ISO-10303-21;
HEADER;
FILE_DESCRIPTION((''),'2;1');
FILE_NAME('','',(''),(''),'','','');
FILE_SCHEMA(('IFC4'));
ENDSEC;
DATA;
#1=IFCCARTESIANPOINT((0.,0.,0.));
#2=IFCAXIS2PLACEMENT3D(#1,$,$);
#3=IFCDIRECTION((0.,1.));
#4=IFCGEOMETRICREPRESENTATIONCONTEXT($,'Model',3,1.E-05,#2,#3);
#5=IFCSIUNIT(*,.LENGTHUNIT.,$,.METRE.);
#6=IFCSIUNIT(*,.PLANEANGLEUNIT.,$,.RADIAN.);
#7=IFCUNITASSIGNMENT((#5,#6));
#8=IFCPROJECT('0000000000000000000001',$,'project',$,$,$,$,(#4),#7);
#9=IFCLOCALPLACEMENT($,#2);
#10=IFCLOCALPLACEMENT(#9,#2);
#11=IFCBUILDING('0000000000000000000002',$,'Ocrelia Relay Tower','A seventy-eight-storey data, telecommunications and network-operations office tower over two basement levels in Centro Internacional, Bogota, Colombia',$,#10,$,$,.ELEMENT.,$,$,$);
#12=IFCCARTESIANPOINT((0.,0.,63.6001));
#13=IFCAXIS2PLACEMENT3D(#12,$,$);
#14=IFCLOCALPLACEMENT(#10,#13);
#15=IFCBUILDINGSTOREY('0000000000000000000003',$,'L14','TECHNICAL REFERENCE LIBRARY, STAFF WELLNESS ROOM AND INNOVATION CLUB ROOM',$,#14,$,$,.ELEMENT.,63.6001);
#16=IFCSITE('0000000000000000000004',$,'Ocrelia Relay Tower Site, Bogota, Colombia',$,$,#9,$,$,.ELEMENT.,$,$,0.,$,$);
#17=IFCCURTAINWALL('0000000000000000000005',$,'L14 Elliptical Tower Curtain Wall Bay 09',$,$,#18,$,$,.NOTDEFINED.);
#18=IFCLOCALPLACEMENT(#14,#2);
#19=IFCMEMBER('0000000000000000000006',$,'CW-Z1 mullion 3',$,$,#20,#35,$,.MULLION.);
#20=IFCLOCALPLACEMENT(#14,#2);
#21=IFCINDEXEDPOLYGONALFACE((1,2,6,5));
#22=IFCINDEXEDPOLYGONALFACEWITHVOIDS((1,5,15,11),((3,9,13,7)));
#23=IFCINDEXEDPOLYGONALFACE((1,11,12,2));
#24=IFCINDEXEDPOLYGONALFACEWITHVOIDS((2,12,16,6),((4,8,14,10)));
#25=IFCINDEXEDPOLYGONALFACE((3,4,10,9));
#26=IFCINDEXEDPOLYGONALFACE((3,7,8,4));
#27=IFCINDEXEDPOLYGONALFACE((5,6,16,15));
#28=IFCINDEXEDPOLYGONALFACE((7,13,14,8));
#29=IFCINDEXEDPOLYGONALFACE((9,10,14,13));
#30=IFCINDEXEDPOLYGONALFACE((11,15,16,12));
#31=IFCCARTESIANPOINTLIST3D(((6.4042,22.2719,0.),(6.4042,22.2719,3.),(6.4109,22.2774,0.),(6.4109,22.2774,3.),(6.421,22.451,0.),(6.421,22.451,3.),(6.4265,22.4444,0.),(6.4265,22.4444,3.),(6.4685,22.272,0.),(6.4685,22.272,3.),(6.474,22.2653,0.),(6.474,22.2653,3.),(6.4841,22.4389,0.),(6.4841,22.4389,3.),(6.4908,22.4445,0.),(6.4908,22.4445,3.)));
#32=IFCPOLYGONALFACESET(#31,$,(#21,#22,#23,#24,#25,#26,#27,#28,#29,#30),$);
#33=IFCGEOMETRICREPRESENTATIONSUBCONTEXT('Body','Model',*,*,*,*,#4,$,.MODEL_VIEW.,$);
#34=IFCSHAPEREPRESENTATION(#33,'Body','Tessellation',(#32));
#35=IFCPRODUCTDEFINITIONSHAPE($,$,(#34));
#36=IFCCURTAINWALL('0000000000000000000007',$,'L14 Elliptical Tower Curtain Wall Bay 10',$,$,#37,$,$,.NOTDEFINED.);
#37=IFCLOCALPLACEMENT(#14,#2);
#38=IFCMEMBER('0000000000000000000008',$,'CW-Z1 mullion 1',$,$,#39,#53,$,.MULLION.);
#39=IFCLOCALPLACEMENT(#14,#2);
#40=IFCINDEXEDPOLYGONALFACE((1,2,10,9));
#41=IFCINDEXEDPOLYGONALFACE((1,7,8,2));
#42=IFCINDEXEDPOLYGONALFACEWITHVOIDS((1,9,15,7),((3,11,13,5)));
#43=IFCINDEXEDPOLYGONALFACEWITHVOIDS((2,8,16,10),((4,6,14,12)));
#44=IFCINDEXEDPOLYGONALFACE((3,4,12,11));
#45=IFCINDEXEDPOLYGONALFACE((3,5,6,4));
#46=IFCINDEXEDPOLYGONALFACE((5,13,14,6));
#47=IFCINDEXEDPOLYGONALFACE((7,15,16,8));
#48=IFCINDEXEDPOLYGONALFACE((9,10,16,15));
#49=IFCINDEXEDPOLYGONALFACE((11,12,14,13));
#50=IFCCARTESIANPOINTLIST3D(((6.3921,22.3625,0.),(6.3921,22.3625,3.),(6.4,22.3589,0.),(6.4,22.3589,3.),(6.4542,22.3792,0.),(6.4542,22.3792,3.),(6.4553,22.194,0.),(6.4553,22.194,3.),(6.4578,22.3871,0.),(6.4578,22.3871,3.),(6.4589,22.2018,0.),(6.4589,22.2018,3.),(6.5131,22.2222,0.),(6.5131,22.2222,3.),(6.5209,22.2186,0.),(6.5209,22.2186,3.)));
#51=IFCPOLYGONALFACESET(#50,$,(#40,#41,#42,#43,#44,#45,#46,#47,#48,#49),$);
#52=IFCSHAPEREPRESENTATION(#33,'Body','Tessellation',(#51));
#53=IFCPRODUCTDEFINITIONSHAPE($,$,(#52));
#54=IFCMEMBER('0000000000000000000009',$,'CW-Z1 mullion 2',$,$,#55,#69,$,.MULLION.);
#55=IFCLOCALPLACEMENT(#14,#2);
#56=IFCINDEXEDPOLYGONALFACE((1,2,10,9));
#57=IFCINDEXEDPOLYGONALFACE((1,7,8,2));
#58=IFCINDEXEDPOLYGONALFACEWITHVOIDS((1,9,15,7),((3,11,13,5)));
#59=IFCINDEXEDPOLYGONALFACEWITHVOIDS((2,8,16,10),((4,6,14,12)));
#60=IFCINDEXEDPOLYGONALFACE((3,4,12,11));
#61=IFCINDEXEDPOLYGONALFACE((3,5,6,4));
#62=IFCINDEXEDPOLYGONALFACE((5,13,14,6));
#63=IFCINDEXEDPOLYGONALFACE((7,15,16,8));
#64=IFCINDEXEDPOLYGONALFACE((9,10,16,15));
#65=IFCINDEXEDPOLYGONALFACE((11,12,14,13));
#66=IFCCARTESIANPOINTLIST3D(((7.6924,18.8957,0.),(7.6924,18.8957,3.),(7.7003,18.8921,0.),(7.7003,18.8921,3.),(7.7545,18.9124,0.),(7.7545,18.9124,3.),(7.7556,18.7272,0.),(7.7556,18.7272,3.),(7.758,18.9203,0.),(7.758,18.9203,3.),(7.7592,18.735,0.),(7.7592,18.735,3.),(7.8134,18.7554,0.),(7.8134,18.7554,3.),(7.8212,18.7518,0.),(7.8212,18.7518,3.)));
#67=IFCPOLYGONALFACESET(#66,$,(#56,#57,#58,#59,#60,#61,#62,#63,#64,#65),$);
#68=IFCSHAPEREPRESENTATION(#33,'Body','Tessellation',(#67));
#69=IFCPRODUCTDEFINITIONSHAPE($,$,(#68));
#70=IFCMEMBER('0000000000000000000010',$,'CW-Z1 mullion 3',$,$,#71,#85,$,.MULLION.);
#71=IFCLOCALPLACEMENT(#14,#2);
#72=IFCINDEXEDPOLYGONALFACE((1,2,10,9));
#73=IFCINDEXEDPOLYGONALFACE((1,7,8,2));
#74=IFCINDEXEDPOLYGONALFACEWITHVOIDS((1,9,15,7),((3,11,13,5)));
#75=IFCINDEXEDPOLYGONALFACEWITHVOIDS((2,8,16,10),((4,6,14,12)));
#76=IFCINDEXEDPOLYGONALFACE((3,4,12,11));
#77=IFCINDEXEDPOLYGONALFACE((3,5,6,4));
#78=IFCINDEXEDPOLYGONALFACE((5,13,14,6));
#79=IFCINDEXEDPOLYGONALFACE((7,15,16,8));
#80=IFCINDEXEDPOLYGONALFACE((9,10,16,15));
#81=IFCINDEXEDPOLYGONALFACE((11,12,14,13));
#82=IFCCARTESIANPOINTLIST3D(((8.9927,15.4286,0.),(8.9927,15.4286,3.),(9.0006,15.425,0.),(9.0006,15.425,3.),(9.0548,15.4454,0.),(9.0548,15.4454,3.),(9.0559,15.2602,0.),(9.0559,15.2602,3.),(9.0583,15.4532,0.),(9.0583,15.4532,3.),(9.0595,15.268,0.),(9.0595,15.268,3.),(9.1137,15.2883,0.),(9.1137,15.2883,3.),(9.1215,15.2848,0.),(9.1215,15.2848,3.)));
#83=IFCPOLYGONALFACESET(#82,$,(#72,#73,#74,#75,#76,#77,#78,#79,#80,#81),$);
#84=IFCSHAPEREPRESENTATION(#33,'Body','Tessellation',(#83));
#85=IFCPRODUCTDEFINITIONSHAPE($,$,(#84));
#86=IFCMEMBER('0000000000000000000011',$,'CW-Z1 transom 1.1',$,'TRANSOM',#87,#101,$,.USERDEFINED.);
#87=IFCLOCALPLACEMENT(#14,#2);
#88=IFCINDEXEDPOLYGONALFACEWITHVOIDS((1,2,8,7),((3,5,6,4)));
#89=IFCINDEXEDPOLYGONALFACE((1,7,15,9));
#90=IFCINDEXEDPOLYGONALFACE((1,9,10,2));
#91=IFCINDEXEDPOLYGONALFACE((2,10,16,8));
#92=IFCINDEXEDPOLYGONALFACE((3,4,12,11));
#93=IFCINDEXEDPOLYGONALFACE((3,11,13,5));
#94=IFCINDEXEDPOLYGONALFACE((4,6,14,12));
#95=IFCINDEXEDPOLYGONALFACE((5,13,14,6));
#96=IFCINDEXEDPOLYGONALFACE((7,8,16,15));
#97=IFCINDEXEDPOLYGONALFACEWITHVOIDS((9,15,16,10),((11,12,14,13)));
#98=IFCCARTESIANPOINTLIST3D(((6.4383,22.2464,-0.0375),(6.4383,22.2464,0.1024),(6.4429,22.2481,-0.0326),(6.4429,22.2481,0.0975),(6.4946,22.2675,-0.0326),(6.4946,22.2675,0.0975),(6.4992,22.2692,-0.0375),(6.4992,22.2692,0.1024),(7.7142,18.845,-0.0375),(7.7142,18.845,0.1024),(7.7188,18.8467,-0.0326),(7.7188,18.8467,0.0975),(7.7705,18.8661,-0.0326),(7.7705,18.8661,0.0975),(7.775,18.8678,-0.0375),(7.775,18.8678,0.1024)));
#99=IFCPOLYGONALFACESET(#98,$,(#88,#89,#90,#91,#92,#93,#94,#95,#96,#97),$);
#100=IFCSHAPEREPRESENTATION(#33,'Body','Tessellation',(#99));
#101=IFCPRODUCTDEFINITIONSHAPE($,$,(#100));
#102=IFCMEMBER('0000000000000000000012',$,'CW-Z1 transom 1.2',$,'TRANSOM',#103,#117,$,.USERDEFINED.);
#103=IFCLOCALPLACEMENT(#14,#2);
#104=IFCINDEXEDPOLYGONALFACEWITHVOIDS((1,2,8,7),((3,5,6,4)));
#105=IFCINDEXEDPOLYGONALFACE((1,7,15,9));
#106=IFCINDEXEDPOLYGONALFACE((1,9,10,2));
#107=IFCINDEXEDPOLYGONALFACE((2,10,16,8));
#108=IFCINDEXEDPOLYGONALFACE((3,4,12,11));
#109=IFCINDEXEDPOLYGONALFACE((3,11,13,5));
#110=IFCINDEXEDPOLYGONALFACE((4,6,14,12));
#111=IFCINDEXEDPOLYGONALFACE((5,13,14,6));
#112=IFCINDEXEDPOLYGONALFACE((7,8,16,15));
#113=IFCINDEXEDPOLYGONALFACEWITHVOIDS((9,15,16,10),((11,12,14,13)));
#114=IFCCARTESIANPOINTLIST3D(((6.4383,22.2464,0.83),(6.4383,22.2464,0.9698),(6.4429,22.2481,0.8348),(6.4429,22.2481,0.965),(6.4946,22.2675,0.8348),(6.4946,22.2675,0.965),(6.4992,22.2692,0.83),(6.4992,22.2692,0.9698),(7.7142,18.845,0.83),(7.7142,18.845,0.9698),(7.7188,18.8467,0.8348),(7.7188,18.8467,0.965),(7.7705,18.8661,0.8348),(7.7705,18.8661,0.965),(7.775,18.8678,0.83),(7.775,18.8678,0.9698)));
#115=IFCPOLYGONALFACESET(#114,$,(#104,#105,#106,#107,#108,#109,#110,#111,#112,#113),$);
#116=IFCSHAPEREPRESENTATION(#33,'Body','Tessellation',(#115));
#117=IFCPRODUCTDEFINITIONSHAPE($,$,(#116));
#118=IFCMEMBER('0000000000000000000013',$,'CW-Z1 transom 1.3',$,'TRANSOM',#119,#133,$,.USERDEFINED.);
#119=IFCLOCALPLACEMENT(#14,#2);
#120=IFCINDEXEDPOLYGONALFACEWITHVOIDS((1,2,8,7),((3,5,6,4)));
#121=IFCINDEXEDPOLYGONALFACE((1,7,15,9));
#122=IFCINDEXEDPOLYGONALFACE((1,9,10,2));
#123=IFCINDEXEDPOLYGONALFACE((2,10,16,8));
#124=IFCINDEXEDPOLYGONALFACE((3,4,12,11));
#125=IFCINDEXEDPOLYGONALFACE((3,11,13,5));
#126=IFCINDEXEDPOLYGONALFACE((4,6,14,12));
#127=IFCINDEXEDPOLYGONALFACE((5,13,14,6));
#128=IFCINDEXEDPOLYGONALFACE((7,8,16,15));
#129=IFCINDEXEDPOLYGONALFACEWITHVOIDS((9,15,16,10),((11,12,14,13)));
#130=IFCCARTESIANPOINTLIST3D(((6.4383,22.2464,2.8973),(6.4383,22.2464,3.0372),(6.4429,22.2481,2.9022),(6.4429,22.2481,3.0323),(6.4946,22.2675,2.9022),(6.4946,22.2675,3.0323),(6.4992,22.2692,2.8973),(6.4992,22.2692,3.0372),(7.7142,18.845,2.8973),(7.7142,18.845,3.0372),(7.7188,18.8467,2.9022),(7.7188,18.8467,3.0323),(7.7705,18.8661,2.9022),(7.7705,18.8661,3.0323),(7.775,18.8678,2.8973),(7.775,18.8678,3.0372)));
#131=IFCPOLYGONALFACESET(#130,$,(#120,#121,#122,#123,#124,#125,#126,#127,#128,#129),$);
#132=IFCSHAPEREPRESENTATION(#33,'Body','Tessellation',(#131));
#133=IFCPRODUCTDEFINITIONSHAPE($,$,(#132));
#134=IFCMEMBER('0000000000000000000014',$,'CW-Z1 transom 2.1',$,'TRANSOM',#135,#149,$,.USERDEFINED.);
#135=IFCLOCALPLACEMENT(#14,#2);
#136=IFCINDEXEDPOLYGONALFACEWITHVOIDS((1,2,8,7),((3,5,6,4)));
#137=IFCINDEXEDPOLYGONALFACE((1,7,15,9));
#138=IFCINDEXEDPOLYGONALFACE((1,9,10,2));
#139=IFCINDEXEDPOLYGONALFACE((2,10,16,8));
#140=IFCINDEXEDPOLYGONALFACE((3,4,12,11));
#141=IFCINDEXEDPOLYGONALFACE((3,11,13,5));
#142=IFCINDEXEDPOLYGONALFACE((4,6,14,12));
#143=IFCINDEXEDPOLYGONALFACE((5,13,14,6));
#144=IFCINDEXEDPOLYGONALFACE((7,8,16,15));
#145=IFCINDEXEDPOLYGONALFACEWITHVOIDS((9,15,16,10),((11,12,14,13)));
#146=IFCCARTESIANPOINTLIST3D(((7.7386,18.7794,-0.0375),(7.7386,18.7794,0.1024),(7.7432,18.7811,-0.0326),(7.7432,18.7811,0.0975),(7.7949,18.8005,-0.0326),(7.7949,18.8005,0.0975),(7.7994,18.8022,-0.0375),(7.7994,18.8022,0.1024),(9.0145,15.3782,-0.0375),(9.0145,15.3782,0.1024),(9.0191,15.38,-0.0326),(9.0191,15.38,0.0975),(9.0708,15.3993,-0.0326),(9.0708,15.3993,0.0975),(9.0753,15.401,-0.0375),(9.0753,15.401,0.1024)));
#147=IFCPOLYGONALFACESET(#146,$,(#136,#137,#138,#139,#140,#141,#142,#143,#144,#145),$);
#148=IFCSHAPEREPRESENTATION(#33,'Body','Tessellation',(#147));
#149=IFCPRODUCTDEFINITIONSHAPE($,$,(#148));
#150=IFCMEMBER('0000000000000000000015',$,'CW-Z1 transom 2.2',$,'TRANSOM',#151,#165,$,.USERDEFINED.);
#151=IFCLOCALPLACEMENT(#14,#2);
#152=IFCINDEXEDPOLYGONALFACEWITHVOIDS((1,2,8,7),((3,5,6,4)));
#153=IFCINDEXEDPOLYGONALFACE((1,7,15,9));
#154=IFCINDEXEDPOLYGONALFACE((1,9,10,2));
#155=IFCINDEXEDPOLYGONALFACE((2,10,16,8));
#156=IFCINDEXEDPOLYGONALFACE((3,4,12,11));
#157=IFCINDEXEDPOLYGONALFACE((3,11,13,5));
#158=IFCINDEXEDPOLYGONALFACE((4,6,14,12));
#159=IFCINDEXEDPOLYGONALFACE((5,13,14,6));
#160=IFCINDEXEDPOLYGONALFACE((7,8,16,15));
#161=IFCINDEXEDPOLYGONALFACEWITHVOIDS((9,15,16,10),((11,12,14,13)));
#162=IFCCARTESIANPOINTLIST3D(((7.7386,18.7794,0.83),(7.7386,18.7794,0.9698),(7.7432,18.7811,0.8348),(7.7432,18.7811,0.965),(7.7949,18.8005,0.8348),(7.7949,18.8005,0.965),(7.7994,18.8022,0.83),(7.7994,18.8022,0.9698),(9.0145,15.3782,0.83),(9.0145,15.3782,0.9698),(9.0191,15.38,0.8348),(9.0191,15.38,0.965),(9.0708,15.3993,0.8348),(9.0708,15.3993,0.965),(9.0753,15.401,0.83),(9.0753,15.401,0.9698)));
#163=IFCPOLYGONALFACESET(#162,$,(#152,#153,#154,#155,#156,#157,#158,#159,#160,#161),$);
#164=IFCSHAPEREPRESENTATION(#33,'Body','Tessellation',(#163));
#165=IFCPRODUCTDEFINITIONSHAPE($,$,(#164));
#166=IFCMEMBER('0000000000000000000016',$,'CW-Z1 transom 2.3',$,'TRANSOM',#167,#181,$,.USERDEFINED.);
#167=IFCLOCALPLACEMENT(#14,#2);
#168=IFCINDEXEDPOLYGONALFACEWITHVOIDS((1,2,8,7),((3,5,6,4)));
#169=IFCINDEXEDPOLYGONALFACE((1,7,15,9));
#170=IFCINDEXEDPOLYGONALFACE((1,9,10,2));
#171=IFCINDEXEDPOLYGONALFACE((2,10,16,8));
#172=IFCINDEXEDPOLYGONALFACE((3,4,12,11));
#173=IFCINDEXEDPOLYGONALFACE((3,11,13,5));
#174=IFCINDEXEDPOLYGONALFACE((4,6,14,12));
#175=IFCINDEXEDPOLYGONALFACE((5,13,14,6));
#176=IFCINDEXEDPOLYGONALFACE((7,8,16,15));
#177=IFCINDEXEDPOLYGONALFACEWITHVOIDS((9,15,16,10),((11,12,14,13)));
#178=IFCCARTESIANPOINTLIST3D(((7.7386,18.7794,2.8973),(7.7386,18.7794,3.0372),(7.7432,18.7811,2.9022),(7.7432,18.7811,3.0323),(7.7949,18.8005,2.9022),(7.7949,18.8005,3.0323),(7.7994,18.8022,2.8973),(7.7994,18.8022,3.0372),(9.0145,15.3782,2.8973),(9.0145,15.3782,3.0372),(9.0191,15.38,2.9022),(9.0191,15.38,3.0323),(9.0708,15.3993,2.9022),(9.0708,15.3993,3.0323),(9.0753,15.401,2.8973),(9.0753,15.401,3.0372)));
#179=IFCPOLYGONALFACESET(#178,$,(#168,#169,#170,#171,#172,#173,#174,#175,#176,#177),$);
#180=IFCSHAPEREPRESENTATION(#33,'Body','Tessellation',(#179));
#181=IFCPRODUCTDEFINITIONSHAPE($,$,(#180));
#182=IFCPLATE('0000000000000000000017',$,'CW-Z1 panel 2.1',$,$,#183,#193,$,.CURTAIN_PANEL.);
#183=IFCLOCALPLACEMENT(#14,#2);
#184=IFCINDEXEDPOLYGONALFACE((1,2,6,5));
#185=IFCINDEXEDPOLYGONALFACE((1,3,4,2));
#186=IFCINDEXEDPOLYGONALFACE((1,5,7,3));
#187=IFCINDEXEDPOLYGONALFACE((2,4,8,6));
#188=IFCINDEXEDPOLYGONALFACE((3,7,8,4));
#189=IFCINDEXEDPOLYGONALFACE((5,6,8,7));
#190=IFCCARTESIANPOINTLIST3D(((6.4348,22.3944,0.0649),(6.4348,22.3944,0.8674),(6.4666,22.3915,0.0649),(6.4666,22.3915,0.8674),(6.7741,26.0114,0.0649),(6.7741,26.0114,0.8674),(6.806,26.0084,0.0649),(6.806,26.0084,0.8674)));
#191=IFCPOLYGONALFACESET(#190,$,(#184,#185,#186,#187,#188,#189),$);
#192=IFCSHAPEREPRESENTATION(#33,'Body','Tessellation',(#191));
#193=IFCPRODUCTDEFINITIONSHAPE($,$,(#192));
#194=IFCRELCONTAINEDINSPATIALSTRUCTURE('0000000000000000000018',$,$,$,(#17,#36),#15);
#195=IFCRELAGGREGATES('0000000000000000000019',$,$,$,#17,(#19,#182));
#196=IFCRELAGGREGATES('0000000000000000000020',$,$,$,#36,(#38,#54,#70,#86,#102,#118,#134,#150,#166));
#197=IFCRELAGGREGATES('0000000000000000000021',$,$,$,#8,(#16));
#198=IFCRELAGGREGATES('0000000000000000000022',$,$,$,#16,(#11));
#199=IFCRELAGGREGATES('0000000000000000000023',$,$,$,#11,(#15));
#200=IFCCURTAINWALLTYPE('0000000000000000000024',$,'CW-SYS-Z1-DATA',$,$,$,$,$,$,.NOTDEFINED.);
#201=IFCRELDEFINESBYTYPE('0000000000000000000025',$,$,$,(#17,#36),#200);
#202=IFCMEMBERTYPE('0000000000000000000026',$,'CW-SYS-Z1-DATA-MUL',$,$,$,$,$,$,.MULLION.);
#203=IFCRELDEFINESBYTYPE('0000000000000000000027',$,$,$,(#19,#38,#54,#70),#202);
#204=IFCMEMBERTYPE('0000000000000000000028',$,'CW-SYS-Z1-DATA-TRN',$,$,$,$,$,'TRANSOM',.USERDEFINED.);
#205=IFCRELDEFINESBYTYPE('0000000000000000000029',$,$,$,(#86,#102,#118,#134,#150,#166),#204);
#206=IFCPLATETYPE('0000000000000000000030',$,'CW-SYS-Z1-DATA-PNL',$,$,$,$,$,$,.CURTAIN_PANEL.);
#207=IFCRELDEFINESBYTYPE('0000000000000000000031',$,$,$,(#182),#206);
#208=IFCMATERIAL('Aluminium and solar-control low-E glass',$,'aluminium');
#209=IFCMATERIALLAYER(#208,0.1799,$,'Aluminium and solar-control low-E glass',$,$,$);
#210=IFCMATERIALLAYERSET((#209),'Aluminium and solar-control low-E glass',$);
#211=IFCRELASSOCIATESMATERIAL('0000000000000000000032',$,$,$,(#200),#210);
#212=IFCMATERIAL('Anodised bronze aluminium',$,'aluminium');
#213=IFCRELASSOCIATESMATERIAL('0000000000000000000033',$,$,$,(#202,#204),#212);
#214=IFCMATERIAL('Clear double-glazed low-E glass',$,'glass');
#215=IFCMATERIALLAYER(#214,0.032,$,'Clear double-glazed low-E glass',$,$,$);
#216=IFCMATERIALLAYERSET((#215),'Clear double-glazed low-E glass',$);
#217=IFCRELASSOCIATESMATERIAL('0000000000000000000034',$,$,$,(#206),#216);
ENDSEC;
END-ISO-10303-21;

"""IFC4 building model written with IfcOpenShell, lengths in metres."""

from ifc_helpers import new_model, si_unit, direction, frame, origin, origin_2d, place, context, subcontext, project, spatial, rectangle, hollow_rectangle, extrude, material, layer, layer_set, material_profile, profile_set, type_object, element, aggregate, save


model = new_model("IFC4")

# Units and contexts
model_context = context("Model", 3, precision=1e-05, world=origin(), true_north=direction((0.0, 1.0)))
body_context = subcontext(model_context, "Body", "Model", "MODEL_VIEW")
ifc_project = project(units=[si_unit("LENGTHUNIT", "METRE"), si_unit("PLANEANGLEUNIT", "RADIAN")], contexts=[model_context])

# Site, building, storey
site_placement = place(None, origin())
site = spatial("IfcSite", under=ifc_project, at=site_placement, Name="Ocrelia Relay Tower Site, Bogota, Colombia", CompositionType="ELEMENT", RefElevation=0.0)
building_placement = place(site_placement, origin())
building = spatial("IfcBuilding", under=site, at=building_placement, Name="Ocrelia Relay Tower", Description="A seventy-eight-storey data, telecommunications and network-operations office tower over two basement levels in Centro Internacional, Bogota, Colombia", CompositionType="ELEMENT")
storey_placement = place(building_placement, frame((0.0, 0.0, 63.6001)))
storey = spatial("IfcBuildingStorey", under=building, at=storey_placement, Name="L14", Description="TECHNICAL REFERENCE LIBRARY, STAFF WELLNESS ROOM AND INNOVATION CLUB ROOM", CompositionType="ELEMENT", Elevation=63.6001)

# Curtain wall, member
ifc_material_1 = material(Name="Aluminium and solar-control low-E glass", Category="aluminium")
ifc_layer_1 = layer(ifc_material_1, 0.1799, Name="Aluminium and solar-control low-E glass")
ifc_layer_set_1 = layer_set([ifc_layer_1], Name="Aluminium and solar-control low-E glass")
curtain_wall_type = type_object("IfcCurtainWallType", Name="CW-SYS-Z1-DATA", PredefinedType="NOTDEFINED", material=ifc_layer_set_1)
curtain_wall_1_placement = place(storey_placement, origin())
curtain_wall_1 = element("IfcCurtainWall", 1, at=curtain_wall_1_placement, inside=storey, type_object=curtain_wall_type, Name="L14 Elliptical Tower Curtain Wall Bay 09", PredefinedType="NOTDEFINED")
ifc_material_2 = material(Name="Anodised bronze aluminium", Category="aluminium")
ifc_material_profile_1 = material_profile(ifc_material_2, hollow_rectangle(XDim=0.0701, YDim=0.1799, WallThickness=0.0061, at=origin_2d()), Name="CW-MUL-180x70")
ifc_profile_set_1 = profile_set([ifc_material_profile_1], Name="Anodised bronze aluminium")
member_type_1 = type_object("IfcMemberType", Name="CW-SYS-Z1-DATA-MUL", PredefinedType="MULLION", material=ifc_profile_set_1)
member_1_placement = place(storey_placement, frame((6.4475, 22.3582, 0.0), z_axis=(0.0, 0.0, 1.0), x_axis=(0.995627, -0.093413, 0.0)))
member_1 = element("IfcMember", 2, at=member_1_placement, type_object=member_type_1, Name="CW-Z1 mullion 3", PredefinedType="MULLION", context=body_context, shape_type="SweptSolid", body=[
    extrude(hollow_rectangle(XDim=0.0701, YDim=0.1799, WallThickness=0.0061, at=origin_2d()), origin(), (0.0, 0.0, 1.0), 3.0),
])

# Curtain wall, members
curtain_wall_2_placement = place(storey_placement, origin())
curtain_wall_2 = element("IfcCurtainWall", 3, at=curtain_wall_2_placement, inside=storey, type_object=curtain_wall_type, Name="L14 Elliptical Tower Curtain Wall Bay 10", PredefinedType="NOTDEFINED")
member_2_placement = place(storey_placement, frame((6.4565, 22.2905, 0.0), z_axis=(0.0, 0.0, 1.0), x_axis=(0.936304, 0.351189, 0.0)))
member_2 = element("IfcMember", 4, at=member_2_placement, type_object=member_type_1, Name="CW-Z1 mullion 1", PredefinedType="MULLION", context=body_context, shape_type="SweptSolid", body=[
    extrude(hollow_rectangle(XDim=0.0701, YDim=0.1799, WallThickness=0.0061, at=origin_2d()), origin(), (0.0, 0.0, 1.0), 3.0),
])
member_3_placement = place(storey_placement, frame((7.7568, 18.8237, 0.0), z_axis=(0.0, 0.0, 1.0), x_axis=(0.936304, 0.351189, 0.0)))
member_3 = element("IfcMember", 5, at=member_3_placement, type_object=member_type_1, Name="CW-Z1 mullion 2", PredefinedType="MULLION", context=body_context, shape_type="SweptSolid", body=[
    extrude(hollow_rectangle(XDim=0.0701, YDim=0.1799, WallThickness=0.0061, at=origin_2d()), origin(), (0.0, 0.0, 1.0), 3.0),
])
member_4_placement = place(storey_placement, frame((9.0571, 15.3567, 0.0), z_axis=(0.0, 0.0, 1.0), x_axis=(0.936304, 0.351189, 0.0)))
member_4 = element("IfcMember", 6, at=member_4_placement, type_object=member_type_1, Name="CW-Z1 mullion 3", PredefinedType="MULLION", context=body_context, shape_type="SweptSolid", body=[
    extrude(hollow_rectangle(XDim=0.0701, YDim=0.1799, WallThickness=0.0061, at=origin_2d()), origin(), (0.0, 0.0, 1.0), 3.0),
])
ifc_material_profile_2 = material_profile(ifc_material_2, hollow_rectangle(XDim=0.0649, YDim=0.1399, WallThickness=0.0049, at=origin_2d()), Name="CW-TRN-140x65")
ifc_profile_set_2 = profile_set([ifc_material_profile_2], Name="Anodised bronze aluminium")
member_type_2 = type_object("IfcMemberType", Name="CW-SYS-Z1-DATA-TRN", ElementType="TRANSOM", PredefinedType="USERDEFINED", material=ifc_profile_set_2)
member_5_placement = place(storey_placement, frame((6.4688, 22.2578, 0.0325), z_axis=(0.351212, -0.936296, 0.0), x_axis=(0.936296, 0.351212, 0.0)))
member_5 = element("IfcMember", 7, at=member_5_placement, type_object=member_type_2, Name="CW-Z1 transom 1.1", ObjectType="TRANSOM", PredefinedType="USERDEFINED", context=body_context, shape_type="SweptSolid", body=[
    extrude(hollow_rectangle(XDim=0.0649, YDim=0.1399, WallThickness=0.0049, at=origin_2d()), origin(), (0.0, 0.0, 1.0), 3.6328),
])
member_6_placement = place(storey_placement, frame((6.4688, 22.2578, 0.8999), z_axis=(0.351212, -0.936296, 0.0), x_axis=(0.936296, 0.351212, 0.0)))
member_6 = element("IfcMember", 8, at=member_6_placement, type_object=member_type_2, Name="CW-Z1 transom 1.2", ObjectType="TRANSOM", PredefinedType="USERDEFINED", context=body_context, shape_type="SweptSolid", body=[
    extrude(hollow_rectangle(XDim=0.0649, YDim=0.1399, WallThickness=0.0049, at=origin_2d()), origin(), (0.0, 0.0, 1.0), 3.6328),
])
member_7_placement = place(storey_placement, frame((6.4688, 22.2578, 2.9673), z_axis=(0.351212, -0.936296, 0.0), x_axis=(0.936296, 0.351212, 0.0)))
member_7 = element("IfcMember", 9, at=member_7_placement, type_object=member_type_2, Name="CW-Z1 transom 1.3", ObjectType="TRANSOM", PredefinedType="USERDEFINED", context=body_context, shape_type="SweptSolid", body=[
    extrude(hollow_rectangle(XDim=0.0649, YDim=0.1399, WallThickness=0.0049, at=origin_2d()), origin(), (0.0, 0.0, 1.0), 3.6328),
])
member_8_placement = place(storey_placement, frame((7.769, 18.7908, 0.0325), z_axis=(0.351234, -0.936288, 0.0), x_axis=(0.936288, 0.351234, 0.0)))
member_8 = element("IfcMember", 10, at=member_8_placement, type_object=member_type_2, Name="CW-Z1 transom 2.1", ObjectType="TRANSOM", PredefinedType="USERDEFINED", context=body_context, shape_type="SweptSolid", body=[
    extrude(hollow_rectangle(XDim=0.0649, YDim=0.1399, WallThickness=0.0049, at=origin_2d()), origin(), (0.0, 0.0, 1.0), 3.6326),
])
member_9_placement = place(storey_placement, frame((7.769, 18.7908, 0.8999), z_axis=(0.351234, -0.936288, 0.0), x_axis=(0.936288, 0.351234, 0.0)))
member_9 = element("IfcMember", 11, at=member_9_placement, type_object=member_type_2, Name="CW-Z1 transom 2.2", ObjectType="TRANSOM", PredefinedType="USERDEFINED", context=body_context, shape_type="SweptSolid", body=[
    extrude(hollow_rectangle(XDim=0.0649, YDim=0.1399, WallThickness=0.0049, at=origin_2d()), origin(), (0.0, 0.0, 1.0), 3.6326),
])
member_10_placement = place(storey_placement, frame((7.769, 18.7908, 2.9673), z_axis=(0.351234, -0.936288, 0.0), x_axis=(0.936288, 0.351234, 0.0)))
member_10 = element("IfcMember", 12, at=member_10_placement, type_object=member_type_2, Name="CW-Z1 transom 2.3", ObjectType="TRANSOM", PredefinedType="USERDEFINED", context=body_context, shape_type="SweptSolid", body=[
    extrude(hollow_rectangle(XDim=0.0649, YDim=0.1399, WallThickness=0.0049, at=origin_2d()), origin(), (0.0, 0.0, 1.0), 3.6326),
])

# Plate
ifc_material_3 = material(Name="Clear double-glazed low-E glass", Category="glass")
ifc_layer_2 = layer(ifc_material_3, 0.032, Name="Clear double-glazed low-E glass")
ifc_layer_set_2 = layer_set([ifc_layer_2], Name="Clear double-glazed low-E glass")
plate_type = type_object("IfcPlateType", Name="CW-SYS-Z1-DATA-PNL", PredefinedType="CURTAIN_PANEL", material=ifc_layer_set_2)
plate_1_placement = place(storey_placement, frame((6.6204, 24.2014, 0.0649), z_axis=(0.0, 0.0, 1.0), x_axis=(-0.093413, -0.995627, 0.0)))
plate_1 = element("IfcPlate", 13, at=plate_1_placement, type_object=plate_type, Name="CW-Z1 panel 2.1", PredefinedType="CURTAIN_PANEL", context=body_context, shape_type="SweptSolid", body=[
    extrude(rectangle(XDim=3.6328, YDim=0.032, at=origin_2d()), origin(), (0.0, 0.0, 1.0), 0.8025),
])
aggregate(curtain_wall_1, [member_1, plate_1])
aggregate(curtain_wall_2, [member_2, member_3, member_4, member_5, member_6, member_7, member_8, member_9, member_10])

save(model, "model.ifc")
